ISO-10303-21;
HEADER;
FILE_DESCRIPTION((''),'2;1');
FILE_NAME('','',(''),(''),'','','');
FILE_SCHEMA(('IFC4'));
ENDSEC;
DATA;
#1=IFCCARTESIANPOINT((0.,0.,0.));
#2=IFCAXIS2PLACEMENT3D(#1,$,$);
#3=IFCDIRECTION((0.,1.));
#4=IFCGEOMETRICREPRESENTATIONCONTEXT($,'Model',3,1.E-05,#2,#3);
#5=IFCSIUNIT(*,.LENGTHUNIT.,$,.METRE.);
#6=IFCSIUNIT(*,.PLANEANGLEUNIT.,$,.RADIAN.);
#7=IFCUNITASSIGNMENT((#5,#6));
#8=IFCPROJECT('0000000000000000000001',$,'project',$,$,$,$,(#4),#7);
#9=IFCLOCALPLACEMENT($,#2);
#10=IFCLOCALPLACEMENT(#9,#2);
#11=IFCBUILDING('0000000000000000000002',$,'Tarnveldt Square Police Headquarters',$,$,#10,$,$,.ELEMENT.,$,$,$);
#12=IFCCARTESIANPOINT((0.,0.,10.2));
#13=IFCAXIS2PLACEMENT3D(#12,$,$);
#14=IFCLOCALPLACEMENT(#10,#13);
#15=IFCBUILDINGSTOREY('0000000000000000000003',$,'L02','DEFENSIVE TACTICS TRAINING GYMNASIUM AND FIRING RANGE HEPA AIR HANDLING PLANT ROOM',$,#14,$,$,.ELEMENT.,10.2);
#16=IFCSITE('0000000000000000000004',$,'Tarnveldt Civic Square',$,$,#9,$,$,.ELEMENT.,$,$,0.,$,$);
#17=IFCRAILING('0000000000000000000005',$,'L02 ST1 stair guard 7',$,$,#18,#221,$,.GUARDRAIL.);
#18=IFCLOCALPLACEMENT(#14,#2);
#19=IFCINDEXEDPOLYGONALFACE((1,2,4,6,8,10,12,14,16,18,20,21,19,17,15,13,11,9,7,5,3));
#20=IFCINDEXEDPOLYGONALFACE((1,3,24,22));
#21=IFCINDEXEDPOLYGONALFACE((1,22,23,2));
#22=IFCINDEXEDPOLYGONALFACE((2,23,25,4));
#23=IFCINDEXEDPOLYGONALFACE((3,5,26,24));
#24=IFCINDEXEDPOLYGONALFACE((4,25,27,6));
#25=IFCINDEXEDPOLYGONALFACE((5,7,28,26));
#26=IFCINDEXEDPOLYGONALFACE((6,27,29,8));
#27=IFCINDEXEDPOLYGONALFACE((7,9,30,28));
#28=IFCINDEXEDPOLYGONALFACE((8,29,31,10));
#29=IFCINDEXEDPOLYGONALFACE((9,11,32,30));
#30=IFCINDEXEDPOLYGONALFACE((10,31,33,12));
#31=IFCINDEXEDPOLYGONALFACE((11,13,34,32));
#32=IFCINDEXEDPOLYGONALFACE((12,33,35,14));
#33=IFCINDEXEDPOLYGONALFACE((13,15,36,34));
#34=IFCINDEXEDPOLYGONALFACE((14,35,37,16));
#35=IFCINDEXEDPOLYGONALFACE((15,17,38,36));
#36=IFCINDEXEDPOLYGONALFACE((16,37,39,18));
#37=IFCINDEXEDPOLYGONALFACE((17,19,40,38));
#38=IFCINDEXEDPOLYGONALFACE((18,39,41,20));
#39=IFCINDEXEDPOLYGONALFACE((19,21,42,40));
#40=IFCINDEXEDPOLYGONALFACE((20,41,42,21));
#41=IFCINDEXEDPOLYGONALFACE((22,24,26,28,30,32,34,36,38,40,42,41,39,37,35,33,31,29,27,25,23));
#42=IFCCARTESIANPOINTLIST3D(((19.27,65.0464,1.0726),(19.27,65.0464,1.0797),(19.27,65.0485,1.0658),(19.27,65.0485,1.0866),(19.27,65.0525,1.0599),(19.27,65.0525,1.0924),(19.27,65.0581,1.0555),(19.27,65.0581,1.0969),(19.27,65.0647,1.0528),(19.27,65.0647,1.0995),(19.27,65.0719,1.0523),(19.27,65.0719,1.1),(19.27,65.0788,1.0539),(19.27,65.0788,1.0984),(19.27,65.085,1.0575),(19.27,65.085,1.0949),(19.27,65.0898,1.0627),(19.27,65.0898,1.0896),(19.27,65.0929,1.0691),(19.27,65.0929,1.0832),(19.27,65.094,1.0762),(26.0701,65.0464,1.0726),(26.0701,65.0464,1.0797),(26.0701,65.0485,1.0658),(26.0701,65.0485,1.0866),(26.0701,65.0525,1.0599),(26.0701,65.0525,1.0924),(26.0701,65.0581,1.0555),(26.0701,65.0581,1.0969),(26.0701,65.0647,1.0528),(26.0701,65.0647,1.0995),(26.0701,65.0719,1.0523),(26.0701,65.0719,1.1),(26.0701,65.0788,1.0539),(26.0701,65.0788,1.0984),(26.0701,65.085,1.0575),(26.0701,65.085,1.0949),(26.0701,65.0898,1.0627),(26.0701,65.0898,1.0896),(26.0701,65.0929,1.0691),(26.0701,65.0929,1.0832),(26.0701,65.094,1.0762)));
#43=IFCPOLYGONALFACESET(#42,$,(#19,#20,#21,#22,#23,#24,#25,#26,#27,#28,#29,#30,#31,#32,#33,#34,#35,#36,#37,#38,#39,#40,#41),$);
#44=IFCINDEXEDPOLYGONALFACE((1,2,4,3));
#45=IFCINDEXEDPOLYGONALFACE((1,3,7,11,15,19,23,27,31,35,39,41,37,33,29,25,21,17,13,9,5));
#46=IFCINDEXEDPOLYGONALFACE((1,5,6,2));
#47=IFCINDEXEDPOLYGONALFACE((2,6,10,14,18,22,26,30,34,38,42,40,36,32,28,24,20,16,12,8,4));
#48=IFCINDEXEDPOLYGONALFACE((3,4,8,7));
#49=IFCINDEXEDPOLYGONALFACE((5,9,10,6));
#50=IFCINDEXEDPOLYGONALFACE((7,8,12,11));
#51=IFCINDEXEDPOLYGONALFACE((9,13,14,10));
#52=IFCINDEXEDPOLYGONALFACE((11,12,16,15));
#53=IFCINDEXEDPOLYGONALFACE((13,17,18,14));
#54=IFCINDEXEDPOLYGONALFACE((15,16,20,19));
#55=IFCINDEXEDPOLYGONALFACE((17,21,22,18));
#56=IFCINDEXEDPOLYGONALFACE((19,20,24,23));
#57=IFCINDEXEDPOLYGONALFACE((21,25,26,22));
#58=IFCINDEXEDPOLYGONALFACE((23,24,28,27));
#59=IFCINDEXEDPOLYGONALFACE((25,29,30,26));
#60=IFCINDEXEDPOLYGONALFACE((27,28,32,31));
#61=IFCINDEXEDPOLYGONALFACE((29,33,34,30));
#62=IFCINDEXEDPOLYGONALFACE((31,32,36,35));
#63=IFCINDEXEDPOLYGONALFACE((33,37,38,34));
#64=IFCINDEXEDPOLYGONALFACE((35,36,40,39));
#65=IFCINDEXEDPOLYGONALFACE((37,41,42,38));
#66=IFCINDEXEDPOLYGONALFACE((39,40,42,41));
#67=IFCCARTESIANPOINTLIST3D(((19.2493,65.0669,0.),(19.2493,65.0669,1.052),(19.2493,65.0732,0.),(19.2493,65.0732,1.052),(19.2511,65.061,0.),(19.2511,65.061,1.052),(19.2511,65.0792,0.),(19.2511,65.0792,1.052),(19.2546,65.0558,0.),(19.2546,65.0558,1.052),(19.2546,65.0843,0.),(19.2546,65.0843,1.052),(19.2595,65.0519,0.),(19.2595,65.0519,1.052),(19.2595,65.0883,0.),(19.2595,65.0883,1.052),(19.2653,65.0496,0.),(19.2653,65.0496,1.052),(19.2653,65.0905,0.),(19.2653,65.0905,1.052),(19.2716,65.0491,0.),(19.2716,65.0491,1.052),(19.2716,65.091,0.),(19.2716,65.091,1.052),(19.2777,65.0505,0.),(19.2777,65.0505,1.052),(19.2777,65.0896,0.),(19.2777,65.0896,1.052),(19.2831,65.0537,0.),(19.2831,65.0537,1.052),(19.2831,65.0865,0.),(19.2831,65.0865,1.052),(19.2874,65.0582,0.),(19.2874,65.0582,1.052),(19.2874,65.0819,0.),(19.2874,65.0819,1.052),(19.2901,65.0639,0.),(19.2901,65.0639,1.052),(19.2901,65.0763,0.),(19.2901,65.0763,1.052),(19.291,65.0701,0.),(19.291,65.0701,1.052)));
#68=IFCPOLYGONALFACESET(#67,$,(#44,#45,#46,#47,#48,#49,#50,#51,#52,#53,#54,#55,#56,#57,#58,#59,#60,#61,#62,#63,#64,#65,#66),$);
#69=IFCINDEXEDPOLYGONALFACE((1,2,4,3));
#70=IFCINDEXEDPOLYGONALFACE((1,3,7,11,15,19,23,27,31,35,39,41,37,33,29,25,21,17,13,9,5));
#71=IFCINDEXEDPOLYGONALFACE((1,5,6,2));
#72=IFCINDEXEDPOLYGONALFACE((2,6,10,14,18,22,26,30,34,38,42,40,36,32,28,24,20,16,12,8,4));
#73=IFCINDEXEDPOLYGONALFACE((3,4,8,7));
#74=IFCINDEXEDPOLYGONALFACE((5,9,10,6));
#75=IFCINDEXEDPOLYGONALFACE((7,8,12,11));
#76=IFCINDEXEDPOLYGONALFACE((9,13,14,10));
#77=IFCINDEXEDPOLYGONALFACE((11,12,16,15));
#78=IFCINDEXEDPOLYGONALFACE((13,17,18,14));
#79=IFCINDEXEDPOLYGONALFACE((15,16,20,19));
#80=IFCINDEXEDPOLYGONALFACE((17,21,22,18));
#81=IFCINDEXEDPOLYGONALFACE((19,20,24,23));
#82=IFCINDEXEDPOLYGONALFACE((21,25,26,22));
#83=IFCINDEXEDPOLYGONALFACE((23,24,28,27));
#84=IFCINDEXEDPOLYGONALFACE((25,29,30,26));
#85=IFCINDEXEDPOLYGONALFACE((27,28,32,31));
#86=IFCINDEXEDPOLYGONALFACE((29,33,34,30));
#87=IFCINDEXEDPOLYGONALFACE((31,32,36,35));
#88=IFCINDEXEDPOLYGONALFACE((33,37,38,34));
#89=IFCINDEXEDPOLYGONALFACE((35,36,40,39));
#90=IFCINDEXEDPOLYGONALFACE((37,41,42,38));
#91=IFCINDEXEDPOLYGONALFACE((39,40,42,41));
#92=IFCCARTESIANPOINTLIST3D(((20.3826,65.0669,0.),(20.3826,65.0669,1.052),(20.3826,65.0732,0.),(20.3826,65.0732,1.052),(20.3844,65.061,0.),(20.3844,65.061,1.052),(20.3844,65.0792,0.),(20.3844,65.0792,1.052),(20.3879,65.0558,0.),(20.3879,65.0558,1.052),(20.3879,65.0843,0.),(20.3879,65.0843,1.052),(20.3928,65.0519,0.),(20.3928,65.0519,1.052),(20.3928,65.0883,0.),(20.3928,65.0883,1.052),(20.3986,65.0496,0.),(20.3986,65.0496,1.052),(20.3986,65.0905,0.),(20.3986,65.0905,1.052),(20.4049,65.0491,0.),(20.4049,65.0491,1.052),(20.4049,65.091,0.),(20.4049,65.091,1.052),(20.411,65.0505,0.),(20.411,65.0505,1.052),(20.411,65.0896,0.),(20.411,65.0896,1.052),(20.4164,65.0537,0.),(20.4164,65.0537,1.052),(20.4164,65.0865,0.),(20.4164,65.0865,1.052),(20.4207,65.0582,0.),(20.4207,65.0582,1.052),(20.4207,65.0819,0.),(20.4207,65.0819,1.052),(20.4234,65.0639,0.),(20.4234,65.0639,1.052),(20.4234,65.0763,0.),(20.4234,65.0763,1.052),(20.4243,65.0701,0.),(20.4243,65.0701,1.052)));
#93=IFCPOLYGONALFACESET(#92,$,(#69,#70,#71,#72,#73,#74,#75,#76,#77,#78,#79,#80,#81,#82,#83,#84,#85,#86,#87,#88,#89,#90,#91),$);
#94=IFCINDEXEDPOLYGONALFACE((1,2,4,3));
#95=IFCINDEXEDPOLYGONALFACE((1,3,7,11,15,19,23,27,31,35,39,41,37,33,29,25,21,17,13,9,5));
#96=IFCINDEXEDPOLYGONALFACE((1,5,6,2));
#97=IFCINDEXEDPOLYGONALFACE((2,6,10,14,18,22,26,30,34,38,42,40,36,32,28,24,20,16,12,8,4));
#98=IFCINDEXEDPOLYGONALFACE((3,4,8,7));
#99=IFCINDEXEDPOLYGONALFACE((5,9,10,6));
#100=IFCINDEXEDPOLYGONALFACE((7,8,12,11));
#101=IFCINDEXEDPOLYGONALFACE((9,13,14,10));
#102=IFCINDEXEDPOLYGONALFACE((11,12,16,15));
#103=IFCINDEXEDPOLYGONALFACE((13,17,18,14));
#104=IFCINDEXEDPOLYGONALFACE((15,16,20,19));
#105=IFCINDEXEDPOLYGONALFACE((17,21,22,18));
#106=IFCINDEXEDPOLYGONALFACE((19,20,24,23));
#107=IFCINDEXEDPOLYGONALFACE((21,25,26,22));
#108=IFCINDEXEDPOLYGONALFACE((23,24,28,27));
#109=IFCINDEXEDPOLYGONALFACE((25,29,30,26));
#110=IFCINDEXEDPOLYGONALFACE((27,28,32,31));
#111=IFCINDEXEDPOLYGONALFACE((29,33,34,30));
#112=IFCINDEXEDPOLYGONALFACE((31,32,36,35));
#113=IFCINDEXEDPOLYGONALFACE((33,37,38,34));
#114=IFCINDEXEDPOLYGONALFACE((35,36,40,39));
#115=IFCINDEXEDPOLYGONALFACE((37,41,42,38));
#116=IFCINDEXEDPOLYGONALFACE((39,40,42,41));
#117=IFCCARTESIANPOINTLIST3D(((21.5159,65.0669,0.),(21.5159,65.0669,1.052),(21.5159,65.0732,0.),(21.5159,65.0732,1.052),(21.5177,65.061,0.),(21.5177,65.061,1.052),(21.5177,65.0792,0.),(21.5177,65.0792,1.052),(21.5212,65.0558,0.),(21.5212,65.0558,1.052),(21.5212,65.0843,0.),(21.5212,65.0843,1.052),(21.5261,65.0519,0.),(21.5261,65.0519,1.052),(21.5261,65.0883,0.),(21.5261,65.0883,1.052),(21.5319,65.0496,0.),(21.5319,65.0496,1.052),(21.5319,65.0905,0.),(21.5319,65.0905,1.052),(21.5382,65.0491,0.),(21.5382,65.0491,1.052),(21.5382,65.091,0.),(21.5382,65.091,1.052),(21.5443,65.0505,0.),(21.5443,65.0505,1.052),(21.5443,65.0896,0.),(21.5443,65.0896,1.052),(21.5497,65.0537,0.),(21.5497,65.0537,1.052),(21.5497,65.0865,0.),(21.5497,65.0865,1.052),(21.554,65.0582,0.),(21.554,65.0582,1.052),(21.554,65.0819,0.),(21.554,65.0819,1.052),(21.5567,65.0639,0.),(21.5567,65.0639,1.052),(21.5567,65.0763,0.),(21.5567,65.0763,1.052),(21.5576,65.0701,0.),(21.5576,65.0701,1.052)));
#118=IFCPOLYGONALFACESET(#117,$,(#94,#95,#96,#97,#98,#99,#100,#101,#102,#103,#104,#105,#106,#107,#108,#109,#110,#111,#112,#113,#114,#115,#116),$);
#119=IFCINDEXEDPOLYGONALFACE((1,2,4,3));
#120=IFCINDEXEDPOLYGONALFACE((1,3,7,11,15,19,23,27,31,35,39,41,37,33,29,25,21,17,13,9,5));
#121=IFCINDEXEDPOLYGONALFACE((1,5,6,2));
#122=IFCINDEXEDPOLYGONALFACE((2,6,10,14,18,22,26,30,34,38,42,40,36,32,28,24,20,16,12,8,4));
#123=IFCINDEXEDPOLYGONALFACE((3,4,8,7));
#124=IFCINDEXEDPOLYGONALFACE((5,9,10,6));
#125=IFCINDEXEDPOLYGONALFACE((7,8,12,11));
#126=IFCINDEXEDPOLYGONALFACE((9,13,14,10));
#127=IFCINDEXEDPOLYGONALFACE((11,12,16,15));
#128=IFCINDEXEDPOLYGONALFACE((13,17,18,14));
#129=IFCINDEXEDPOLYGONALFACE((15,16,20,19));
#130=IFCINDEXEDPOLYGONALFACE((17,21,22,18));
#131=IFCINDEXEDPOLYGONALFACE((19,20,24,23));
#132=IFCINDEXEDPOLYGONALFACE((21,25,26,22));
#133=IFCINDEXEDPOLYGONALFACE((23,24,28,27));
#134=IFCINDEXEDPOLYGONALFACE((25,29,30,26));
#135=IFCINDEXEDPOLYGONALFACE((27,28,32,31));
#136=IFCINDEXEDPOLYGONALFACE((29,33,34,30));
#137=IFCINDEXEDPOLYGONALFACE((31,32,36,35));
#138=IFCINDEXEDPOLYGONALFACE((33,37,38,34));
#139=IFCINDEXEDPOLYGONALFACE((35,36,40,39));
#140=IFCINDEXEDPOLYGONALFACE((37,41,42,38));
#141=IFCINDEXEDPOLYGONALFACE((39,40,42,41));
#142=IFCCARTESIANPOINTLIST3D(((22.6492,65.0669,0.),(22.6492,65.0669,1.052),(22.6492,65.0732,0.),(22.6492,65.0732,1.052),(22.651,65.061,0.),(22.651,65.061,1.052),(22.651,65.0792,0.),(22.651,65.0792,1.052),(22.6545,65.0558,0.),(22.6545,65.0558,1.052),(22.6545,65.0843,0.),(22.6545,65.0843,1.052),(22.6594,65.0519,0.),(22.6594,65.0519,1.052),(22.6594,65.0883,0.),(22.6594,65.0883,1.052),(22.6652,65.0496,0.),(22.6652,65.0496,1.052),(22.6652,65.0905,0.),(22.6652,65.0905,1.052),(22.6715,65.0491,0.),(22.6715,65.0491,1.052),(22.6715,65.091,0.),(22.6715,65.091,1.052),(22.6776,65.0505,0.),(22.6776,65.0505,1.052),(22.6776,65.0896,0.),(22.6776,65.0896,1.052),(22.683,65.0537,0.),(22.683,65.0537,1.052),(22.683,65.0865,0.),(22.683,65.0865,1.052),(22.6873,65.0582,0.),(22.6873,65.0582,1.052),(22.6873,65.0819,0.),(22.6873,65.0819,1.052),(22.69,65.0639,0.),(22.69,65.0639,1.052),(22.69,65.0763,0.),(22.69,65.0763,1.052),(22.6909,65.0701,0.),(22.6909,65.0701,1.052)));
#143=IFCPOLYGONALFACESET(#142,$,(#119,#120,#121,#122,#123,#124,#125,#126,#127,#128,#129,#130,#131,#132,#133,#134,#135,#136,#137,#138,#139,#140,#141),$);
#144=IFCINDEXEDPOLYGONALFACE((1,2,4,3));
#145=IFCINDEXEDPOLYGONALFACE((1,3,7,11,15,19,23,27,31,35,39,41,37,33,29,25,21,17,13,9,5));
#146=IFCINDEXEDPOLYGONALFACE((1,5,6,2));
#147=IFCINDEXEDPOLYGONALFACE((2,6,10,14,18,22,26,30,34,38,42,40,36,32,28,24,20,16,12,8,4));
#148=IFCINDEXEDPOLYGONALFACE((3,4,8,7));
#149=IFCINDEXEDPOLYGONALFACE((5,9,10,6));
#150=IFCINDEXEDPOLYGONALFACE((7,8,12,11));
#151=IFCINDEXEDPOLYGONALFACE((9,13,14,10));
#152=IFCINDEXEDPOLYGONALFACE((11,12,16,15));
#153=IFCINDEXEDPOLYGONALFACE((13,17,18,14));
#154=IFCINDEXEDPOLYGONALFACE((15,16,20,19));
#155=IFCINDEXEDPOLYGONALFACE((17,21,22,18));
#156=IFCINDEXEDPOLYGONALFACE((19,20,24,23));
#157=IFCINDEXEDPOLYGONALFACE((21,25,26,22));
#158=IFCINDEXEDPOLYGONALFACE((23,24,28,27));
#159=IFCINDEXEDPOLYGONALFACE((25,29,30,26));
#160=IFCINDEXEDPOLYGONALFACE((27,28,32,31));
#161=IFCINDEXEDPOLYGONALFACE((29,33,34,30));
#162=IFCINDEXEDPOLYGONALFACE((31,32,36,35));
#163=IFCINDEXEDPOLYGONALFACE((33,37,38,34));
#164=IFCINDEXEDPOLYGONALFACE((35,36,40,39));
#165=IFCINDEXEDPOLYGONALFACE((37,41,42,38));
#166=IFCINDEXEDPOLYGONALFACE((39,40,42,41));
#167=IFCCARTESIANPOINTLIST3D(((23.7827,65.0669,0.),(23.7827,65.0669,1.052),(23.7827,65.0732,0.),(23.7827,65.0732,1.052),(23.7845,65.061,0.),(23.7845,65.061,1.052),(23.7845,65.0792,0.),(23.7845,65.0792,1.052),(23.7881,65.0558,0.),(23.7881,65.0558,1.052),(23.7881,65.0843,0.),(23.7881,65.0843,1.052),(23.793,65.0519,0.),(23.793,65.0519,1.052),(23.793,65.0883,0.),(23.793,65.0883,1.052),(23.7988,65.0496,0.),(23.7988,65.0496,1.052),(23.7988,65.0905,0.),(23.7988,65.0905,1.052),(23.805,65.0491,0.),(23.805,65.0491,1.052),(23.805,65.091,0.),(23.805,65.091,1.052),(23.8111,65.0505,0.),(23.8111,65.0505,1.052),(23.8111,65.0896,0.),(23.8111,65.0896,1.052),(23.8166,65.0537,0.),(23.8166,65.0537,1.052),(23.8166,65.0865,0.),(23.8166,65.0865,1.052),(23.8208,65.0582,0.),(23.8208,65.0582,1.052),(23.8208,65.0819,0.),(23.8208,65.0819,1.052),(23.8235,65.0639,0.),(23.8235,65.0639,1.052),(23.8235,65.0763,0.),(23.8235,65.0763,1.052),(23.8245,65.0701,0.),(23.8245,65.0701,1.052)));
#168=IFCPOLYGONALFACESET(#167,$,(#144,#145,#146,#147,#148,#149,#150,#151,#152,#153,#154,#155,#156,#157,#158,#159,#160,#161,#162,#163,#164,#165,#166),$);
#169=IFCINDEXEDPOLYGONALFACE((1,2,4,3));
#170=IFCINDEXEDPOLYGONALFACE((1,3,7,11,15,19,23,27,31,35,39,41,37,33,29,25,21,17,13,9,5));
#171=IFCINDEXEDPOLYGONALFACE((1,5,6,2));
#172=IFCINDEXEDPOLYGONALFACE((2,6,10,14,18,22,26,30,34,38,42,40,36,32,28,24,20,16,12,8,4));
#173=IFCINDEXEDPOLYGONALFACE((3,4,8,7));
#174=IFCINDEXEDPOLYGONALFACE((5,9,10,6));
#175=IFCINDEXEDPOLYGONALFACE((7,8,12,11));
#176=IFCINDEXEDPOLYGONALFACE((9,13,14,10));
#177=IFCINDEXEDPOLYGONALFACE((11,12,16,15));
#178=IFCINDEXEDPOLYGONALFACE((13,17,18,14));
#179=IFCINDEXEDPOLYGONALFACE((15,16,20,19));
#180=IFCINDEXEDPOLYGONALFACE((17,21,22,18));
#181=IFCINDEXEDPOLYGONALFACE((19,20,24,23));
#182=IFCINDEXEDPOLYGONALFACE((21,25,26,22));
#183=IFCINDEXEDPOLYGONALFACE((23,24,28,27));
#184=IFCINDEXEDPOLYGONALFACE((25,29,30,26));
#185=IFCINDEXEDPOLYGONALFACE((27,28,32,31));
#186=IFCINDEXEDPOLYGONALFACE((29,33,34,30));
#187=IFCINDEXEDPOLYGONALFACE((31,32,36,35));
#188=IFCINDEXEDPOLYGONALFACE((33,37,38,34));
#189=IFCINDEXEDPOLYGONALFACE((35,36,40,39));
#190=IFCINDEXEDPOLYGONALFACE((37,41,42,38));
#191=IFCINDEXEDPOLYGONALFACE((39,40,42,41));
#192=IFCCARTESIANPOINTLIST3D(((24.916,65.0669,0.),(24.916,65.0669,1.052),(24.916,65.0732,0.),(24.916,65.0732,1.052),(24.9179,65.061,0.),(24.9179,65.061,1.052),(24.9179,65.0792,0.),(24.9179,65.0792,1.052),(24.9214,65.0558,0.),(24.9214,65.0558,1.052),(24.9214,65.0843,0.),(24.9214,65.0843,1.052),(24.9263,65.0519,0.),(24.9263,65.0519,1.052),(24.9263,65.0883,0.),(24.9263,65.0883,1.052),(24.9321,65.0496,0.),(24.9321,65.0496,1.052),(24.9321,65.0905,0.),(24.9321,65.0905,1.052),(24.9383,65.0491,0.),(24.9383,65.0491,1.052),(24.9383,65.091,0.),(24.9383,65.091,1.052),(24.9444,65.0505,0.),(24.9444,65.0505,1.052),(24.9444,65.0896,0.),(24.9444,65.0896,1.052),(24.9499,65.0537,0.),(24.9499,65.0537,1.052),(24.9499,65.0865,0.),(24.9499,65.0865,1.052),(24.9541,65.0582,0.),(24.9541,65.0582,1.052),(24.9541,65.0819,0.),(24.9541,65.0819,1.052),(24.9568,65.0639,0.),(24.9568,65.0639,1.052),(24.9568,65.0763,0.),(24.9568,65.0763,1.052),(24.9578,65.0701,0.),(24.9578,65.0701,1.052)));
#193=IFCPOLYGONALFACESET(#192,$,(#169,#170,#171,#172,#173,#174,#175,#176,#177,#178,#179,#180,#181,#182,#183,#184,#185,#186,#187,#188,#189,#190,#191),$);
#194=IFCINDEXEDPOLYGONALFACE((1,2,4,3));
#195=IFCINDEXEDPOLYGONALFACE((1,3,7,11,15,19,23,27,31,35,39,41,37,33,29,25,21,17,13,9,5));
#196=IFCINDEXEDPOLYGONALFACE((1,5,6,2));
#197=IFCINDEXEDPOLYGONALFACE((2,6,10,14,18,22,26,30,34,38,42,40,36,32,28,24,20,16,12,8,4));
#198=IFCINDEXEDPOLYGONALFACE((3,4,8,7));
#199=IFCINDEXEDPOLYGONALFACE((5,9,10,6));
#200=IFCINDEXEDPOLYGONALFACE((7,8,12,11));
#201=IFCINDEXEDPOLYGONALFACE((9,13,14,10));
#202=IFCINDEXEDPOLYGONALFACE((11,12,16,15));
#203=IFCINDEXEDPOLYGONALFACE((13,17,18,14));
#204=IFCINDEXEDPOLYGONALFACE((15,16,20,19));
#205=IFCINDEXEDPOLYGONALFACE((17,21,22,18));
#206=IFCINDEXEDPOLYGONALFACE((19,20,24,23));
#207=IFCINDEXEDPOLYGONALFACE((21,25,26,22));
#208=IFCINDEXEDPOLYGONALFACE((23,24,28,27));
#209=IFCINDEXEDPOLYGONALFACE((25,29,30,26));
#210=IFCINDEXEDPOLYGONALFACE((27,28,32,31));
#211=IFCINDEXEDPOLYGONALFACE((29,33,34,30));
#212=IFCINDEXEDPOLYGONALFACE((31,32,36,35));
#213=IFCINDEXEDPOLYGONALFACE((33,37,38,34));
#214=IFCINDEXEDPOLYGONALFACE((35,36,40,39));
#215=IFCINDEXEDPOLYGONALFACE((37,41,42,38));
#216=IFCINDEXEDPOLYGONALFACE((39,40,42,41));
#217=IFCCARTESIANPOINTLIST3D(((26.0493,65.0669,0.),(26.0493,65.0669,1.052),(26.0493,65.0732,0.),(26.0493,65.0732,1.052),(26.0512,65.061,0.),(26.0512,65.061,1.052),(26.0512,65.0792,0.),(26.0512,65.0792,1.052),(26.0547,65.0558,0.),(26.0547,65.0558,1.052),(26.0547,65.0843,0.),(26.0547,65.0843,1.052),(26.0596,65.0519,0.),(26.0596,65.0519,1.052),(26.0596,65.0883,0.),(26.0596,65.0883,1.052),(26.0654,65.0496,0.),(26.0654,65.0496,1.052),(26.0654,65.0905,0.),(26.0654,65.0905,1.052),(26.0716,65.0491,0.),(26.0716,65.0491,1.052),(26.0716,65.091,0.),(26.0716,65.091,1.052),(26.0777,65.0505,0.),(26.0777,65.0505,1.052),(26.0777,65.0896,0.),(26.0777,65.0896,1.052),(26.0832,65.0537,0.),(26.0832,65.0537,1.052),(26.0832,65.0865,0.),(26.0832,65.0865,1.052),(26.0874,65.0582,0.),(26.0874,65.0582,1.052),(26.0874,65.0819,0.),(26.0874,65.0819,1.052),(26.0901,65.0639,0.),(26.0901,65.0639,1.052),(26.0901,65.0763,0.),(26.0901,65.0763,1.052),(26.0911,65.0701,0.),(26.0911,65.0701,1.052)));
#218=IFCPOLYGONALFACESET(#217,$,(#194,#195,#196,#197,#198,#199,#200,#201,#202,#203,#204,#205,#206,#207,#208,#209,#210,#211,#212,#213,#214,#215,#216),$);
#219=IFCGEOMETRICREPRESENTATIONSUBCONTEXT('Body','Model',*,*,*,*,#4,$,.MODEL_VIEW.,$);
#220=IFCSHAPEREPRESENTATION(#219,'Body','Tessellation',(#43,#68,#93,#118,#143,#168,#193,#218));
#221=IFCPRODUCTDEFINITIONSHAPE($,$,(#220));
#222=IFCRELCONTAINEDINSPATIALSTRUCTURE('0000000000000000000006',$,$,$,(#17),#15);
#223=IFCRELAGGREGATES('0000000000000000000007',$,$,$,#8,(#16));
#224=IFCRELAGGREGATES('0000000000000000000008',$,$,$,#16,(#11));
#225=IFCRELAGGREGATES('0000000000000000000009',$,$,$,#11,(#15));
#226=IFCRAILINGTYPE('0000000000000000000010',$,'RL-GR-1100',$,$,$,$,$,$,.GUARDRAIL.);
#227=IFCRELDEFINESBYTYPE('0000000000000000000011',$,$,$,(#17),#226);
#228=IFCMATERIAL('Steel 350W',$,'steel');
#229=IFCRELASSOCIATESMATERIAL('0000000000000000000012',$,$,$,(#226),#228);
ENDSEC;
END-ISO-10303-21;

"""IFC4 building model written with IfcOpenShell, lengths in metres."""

from ifc_helpers import new_model, si_unit, direction, frame, origin, origin_2d, place, context, subcontext, project, spatial, circle, extrude, material, type_object, element, save


model = new_model("IFC4")

# Units and contexts
model_context = context("Model", 3, precision=1e-05, world=origin(), true_north=direction((0.0, 1.0)))
body_context = subcontext(model_context, "Body", "Model", "MODEL_VIEW")
ifc_project = project(units=[si_unit("LENGTHUNIT", "METRE"), si_unit("PLANEANGLEUNIT", "RADIAN")], contexts=[model_context])

# Site, building, storey
site_placement = place(None, origin())
site = spatial("IfcSite", under=ifc_project, at=site_placement, Name="Tarnveldt Civic Square", CompositionType="ELEMENT", RefElevation=0.0)
building_placement = place(site_placement, origin())
building = spatial("IfcBuilding", under=site, at=building_placement, Name="Tarnveldt Square Police Headquarters", CompositionType="ELEMENT")
storey_placement = place(building_placement, frame((0.0, 0.0, 10.2)))
storey = spatial("IfcBuildingStorey", under=building, at=storey_placement, Name="L02", Description="DEFENSIVE TACTICS TRAINING GYMNASIUM AND FIRING RANGE HEPA AIR HANDLING PLANT ROOM", CompositionType="ELEMENT", Elevation=10.2)

# Shared definitions
ifc_material_1 = material(Name="Steel 350W", Category="steel")

# Railing
railing_type_1 = type_object("IfcRailingType", Name="RL-GR-1100", PredefinedType="GUARDRAIL", material=ifc_material_1)
railing_1_placement = place(storey_placement, frame((19.27, 65.0701, 0.0)))
element("IfcRailing", 1, at=railing_1_placement, inside=storey, type_object=railing_type_1, Name="L02 ST1 stair guard 7", PredefinedType="GUARDRAIL", context=body_context, shape_type="SweptSolid", body=[
    extrude(circle(Radius=0.0239, at=origin_2d()), frame((0.0, 0.0, 1.0762), z_axis=(1.0, 0.0, 0.0), x_axis=(0.0, 1.0, 0.0)), (0.0, 0.0, 1.0), 6.8),
    extrude(circle(Radius=0.021, at=origin_2d()), origin(), (0.0, 0.0, 1.0), 1.052),
    extrude(circle(Radius=0.021, at=origin_2d()), frame((1.1333, 0.0, 0.0)), (0.0, 0.0, 1.0), 1.052),
    extrude(circle(Radius=0.021, at=origin_2d()), frame((2.2666, 0.0, 0.0)), (0.0, 0.0, 1.0), 1.052),
    extrude(circle(Radius=0.021, at=origin_2d()), frame((3.3999, 0.0, 0.0)), (0.0, 0.0, 1.0), 1.052),
    extrude(circle(Radius=0.021, at=origin_2d()), frame((4.5334, 0.0, 0.0)), (0.0, 0.0, 1.0), 1.052),
    extrude(circle(Radius=0.021, at=origin_2d()), frame((5.6667, 0.0, 0.0)), (0.0, 0.0, 1.0), 1.052),
    extrude(circle(Radius=0.021, at=origin_2d()), frame((6.8, 0.0, 0.0)), (0.0, 0.0, 1.0), 1.052),
])

save(model, "model.ifc")
